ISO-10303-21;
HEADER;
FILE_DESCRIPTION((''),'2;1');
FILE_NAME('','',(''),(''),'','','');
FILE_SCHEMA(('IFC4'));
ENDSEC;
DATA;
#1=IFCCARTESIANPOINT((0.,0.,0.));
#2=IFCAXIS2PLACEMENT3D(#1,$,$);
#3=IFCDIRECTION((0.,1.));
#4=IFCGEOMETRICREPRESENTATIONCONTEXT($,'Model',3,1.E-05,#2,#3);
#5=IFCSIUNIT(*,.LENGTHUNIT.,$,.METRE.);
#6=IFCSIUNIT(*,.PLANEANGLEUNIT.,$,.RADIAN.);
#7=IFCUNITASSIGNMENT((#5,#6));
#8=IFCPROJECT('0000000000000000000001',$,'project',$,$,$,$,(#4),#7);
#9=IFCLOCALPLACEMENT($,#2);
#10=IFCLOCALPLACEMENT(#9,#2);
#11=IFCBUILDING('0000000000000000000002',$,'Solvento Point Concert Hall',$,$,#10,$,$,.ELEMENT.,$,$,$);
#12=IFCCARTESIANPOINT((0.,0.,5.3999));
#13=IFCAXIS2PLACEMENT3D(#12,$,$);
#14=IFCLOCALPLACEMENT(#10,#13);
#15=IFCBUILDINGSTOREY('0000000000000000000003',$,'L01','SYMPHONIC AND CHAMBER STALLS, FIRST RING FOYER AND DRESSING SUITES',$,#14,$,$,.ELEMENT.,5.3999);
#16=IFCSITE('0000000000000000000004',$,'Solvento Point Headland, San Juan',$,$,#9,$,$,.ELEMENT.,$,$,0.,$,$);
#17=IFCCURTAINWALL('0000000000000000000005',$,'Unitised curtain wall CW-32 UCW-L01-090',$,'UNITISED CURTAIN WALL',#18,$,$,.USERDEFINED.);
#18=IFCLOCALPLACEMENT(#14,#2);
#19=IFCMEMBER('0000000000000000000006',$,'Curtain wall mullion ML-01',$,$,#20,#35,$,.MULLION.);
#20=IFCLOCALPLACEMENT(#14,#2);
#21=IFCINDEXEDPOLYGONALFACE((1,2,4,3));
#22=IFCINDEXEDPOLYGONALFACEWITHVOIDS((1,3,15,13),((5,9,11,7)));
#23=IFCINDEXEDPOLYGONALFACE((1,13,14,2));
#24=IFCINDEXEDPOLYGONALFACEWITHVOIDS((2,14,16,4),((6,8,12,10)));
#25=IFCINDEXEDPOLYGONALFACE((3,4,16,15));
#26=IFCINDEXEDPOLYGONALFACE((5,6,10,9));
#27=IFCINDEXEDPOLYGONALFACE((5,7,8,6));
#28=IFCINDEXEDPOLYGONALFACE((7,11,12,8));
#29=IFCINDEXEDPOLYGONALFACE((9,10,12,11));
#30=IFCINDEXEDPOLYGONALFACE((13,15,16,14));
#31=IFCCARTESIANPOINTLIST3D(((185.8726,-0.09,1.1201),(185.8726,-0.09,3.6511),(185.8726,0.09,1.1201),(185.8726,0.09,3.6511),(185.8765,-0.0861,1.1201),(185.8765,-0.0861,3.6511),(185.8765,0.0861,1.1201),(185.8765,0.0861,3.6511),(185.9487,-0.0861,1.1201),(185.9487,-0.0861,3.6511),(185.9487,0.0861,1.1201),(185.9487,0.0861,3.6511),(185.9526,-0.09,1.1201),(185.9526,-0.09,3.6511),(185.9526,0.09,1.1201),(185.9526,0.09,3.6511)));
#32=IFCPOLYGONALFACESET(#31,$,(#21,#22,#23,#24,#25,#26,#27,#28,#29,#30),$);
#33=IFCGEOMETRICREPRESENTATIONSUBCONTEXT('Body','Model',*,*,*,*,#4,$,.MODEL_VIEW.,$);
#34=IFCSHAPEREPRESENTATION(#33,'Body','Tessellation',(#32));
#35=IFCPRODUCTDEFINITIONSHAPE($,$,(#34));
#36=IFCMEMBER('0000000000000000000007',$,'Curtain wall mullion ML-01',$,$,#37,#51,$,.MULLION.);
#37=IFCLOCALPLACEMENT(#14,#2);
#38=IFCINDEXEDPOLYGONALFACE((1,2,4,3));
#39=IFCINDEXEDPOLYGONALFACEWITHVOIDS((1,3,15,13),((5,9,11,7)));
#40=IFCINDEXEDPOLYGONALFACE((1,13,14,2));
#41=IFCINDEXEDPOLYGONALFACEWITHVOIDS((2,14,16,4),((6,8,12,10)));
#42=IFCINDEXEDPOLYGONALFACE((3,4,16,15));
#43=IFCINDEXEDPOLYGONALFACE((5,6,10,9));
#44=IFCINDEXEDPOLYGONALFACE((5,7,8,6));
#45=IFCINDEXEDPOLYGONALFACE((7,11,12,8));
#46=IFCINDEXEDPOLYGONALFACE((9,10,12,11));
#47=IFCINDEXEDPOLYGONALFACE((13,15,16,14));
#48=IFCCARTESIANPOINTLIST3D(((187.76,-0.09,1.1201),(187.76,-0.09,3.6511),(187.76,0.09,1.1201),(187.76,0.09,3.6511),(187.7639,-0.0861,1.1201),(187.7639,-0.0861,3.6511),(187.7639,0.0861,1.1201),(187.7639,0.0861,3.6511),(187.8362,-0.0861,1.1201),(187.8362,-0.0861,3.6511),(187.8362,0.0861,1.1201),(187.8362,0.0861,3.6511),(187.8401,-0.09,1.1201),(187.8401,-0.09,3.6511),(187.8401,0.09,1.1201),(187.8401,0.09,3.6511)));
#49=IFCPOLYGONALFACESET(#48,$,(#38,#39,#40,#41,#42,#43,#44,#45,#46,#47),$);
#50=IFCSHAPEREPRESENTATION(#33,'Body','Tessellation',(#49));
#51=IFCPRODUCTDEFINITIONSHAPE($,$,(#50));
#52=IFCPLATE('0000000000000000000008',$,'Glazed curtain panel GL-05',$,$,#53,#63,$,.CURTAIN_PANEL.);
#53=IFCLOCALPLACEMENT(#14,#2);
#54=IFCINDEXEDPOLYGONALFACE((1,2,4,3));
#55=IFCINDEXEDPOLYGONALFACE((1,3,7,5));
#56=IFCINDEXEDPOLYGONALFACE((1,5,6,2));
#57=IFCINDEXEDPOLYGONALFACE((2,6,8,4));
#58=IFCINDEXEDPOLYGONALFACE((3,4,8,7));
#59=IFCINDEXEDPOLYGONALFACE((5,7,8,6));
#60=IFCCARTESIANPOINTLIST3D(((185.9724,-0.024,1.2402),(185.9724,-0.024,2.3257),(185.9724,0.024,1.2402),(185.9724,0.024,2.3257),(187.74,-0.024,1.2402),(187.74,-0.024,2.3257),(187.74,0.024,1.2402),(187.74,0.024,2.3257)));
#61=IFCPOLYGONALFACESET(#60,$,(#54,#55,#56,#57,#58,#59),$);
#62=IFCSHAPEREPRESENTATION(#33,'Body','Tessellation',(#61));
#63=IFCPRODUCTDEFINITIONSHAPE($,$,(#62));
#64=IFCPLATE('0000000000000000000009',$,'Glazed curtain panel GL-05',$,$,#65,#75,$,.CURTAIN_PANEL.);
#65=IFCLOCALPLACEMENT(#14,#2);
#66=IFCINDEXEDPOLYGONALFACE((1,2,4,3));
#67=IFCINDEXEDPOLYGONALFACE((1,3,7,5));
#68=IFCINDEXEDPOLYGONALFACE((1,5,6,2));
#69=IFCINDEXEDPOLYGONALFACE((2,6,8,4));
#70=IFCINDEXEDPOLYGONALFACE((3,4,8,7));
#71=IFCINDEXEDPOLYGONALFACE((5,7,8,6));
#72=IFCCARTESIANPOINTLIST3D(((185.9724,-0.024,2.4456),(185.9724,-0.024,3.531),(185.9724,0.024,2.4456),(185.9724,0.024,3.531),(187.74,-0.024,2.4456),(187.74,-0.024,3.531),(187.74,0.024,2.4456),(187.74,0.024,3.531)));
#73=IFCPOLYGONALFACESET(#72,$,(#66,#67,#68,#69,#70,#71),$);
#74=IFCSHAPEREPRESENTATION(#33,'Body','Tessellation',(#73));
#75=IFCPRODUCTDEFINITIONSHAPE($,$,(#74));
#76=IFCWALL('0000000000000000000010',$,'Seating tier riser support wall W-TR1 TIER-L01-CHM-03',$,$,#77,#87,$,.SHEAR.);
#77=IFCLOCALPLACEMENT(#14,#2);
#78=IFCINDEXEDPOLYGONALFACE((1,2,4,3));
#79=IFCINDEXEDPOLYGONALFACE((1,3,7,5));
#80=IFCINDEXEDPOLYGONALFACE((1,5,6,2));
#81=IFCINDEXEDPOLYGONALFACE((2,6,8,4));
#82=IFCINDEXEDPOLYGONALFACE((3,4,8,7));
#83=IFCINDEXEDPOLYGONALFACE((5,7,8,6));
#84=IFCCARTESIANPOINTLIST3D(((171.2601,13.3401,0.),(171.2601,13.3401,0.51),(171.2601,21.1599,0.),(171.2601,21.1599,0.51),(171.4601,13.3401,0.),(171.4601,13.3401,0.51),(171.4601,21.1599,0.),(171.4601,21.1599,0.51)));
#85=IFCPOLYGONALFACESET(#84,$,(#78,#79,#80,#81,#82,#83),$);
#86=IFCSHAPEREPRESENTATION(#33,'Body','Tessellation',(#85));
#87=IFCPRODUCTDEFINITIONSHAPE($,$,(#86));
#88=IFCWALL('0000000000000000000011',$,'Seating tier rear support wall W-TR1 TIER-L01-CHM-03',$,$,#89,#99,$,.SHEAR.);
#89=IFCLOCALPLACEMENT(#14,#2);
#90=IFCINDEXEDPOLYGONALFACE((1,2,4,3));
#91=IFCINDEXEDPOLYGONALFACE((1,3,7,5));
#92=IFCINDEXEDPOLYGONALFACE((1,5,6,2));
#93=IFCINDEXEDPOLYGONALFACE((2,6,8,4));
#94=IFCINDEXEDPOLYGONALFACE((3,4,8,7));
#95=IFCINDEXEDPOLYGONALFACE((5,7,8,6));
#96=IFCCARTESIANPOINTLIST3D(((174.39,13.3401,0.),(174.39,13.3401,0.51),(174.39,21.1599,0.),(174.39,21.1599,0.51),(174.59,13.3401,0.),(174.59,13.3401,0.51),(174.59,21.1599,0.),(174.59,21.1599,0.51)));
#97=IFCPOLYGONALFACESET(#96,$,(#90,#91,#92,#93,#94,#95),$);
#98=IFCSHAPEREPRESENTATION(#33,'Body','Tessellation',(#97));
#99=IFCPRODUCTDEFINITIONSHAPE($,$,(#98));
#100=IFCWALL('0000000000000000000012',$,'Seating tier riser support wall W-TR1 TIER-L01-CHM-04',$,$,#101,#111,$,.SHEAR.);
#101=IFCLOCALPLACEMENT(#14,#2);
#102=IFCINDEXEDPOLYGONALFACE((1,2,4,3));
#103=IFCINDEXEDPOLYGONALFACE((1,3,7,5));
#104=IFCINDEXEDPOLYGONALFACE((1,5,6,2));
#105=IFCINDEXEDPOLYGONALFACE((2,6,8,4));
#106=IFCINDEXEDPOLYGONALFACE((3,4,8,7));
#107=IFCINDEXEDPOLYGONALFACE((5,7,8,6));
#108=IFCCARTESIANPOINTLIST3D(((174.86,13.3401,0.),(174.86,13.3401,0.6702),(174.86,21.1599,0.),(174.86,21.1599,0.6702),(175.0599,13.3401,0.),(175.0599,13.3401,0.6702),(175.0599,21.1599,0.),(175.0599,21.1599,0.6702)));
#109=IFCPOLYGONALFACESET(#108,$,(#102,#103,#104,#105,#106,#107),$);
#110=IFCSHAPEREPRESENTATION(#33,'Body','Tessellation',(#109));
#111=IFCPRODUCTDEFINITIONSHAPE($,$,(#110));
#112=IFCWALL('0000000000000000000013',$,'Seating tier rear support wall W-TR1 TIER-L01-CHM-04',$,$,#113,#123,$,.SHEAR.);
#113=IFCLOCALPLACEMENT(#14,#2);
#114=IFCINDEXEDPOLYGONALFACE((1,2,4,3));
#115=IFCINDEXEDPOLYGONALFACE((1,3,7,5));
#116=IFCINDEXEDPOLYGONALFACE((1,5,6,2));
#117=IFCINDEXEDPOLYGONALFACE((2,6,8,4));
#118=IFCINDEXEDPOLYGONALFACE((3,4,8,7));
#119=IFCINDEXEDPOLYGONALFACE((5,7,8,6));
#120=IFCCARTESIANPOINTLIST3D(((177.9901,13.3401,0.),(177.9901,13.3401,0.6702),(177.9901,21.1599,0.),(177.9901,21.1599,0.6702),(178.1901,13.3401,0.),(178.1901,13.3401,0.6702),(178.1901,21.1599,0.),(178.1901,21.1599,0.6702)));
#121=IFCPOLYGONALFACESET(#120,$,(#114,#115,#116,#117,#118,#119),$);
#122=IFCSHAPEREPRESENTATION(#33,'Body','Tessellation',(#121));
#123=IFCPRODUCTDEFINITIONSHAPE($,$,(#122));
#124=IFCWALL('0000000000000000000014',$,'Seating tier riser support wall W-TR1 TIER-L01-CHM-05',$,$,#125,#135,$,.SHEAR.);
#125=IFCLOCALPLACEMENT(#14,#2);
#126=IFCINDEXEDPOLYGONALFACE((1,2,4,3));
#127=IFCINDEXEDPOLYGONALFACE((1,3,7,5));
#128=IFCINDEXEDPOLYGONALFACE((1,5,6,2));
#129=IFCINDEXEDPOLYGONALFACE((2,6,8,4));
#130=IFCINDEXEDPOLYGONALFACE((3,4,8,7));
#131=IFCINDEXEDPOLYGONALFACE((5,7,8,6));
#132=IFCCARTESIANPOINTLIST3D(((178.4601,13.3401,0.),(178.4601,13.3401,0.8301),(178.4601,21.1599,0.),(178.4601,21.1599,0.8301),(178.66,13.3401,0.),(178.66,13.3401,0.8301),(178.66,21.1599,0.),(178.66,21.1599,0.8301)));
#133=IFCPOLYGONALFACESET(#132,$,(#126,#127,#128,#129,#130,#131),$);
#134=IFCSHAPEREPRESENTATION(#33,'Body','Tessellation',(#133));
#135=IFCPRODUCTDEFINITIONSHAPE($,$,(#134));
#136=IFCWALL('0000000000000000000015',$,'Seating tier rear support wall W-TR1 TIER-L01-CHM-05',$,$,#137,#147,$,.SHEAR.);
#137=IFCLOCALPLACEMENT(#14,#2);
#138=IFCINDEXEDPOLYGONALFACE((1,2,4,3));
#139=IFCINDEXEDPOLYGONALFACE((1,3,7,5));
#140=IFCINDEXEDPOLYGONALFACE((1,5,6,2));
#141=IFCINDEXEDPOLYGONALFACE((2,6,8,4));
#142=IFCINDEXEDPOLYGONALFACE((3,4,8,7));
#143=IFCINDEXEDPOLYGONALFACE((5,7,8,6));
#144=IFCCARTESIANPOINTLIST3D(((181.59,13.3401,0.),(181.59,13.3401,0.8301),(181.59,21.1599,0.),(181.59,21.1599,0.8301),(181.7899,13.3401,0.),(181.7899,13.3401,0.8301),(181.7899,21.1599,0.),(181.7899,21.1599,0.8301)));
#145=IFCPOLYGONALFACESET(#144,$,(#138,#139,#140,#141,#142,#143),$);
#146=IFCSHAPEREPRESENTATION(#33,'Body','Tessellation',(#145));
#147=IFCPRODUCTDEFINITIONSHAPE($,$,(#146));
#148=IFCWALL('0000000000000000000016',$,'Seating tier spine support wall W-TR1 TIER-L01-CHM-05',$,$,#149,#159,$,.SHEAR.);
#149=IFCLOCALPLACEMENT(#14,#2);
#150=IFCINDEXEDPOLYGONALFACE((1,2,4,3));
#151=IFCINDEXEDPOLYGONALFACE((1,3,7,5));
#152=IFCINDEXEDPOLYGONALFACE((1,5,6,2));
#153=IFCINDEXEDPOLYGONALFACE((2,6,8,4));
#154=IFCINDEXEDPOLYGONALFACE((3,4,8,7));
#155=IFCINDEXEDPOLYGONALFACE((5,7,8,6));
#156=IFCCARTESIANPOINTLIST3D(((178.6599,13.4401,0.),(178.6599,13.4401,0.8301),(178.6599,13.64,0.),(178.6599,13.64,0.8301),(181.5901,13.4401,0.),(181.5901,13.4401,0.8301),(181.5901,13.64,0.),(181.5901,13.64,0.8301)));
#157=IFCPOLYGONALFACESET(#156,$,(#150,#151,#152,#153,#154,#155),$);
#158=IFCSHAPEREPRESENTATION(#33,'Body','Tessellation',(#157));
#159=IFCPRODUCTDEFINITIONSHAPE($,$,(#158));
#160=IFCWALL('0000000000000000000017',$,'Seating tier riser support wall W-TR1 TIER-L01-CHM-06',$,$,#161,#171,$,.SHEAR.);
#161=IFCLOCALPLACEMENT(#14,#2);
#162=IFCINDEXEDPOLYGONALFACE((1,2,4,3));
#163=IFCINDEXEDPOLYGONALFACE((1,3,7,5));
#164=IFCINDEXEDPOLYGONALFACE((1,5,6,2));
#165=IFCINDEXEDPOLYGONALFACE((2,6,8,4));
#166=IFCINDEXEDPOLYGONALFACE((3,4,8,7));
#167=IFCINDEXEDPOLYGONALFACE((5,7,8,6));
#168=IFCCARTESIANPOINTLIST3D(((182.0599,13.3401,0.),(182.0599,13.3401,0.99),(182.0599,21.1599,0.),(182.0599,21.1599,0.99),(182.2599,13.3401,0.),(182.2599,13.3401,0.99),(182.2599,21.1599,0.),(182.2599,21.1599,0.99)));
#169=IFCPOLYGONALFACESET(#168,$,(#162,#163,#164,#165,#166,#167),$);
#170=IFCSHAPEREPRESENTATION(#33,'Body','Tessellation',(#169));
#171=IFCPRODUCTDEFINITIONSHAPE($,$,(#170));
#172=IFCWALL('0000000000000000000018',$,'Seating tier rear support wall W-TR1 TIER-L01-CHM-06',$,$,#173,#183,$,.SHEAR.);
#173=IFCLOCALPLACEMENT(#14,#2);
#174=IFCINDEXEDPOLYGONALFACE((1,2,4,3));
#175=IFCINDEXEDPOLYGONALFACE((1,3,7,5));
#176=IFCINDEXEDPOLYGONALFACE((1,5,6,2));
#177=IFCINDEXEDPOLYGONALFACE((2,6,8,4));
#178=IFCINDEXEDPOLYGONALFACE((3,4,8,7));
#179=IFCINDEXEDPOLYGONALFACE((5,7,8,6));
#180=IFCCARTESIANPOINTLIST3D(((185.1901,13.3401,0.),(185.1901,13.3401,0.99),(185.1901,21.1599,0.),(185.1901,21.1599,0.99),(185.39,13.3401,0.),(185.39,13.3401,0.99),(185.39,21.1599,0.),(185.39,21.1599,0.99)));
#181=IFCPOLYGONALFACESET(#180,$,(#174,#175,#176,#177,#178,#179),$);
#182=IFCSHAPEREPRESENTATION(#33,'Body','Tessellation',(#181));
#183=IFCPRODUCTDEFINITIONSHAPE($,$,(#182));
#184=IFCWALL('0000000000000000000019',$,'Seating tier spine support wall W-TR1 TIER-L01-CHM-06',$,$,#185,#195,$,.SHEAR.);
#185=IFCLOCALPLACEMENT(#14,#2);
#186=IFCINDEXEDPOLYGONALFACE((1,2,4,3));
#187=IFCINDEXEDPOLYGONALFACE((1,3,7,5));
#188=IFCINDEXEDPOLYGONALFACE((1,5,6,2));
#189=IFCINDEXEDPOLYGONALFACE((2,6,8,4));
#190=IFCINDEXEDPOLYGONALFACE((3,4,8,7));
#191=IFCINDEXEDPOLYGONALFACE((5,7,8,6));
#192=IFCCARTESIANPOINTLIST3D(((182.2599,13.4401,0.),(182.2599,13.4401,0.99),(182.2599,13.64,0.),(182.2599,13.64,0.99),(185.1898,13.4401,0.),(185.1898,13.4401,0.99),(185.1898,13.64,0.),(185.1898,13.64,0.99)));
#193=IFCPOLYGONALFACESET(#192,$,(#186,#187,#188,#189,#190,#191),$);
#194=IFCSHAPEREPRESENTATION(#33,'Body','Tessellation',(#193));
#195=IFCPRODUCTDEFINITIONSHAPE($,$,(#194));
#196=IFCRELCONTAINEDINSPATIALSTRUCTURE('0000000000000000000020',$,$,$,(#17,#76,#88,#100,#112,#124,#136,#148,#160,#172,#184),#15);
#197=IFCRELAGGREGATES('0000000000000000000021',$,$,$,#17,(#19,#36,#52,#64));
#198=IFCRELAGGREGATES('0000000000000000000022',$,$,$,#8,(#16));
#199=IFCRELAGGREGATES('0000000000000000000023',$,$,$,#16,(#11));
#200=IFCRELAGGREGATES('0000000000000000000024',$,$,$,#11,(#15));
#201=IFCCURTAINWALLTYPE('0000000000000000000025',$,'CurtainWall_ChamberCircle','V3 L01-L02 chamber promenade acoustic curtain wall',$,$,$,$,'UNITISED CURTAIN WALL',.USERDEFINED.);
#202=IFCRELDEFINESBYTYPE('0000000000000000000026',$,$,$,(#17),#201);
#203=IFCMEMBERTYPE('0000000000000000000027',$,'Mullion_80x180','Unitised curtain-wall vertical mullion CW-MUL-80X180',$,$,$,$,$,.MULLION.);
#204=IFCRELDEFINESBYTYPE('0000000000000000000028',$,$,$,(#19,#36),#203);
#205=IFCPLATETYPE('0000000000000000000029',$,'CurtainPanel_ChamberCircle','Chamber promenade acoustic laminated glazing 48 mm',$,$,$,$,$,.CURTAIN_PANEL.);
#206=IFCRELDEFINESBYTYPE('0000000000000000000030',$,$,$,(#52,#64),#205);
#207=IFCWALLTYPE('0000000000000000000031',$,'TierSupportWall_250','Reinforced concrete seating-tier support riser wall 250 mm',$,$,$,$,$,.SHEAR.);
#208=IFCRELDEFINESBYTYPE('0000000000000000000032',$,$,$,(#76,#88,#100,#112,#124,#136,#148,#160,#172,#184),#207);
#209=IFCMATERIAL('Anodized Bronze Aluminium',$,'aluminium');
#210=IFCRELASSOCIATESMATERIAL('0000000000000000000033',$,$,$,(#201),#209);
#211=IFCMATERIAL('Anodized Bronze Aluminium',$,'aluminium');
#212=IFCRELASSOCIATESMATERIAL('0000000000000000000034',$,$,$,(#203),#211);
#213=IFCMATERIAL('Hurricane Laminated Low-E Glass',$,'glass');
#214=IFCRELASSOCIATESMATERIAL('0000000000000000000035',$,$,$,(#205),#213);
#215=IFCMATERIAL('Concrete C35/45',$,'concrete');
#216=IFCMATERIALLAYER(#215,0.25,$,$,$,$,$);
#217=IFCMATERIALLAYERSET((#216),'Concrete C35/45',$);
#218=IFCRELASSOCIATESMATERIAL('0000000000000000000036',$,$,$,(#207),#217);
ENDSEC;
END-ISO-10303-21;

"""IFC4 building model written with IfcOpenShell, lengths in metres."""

from ifc_helpers import new_model, si_unit, direction, frame, frame_2d, origin, origin_2d, place, context, subcontext, project, spatial, rectangle, hollow_rectangle, extrude, material, layer, layer_set, material_profile, profile_set, type_object, element, aggregate, save


model = new_model("IFC4")

# Units and contexts
model_context = context("Model", 3, precision=1e-05, world=origin(), true_north=direction((0.0, 1.0)))
body_context = subcontext(model_context, "Body", "Model", "MODEL_VIEW")
ifc_project = project(units=[si_unit("LENGTHUNIT", "METRE"), si_unit("PLANEANGLEUNIT", "RADIAN")], contexts=[model_context])

# Site, building, storey
site_placement = place(None, origin())
site = spatial("IfcSite", under=ifc_project, at=site_placement, Name="Solvento Point Headland, San Juan", CompositionType="ELEMENT", RefElevation=0.0)
building_placement = place(site_placement, origin())
building = spatial("IfcBuilding", under=site, at=building_placement, Name="Solvento Point Concert Hall", CompositionType="ELEMENT")
storey_placement = place(building_placement, frame((0.0, 0.0, 5.3999)))
storey = spatial("IfcBuildingStorey", under=building, at=storey_placement, Name="L01", Description="SYMPHONIC AND CHAMBER STALLS, FIRST RING FOYER AND DRESSING SUITES", CompositionType="ELEMENT", Elevation=5.3999)

# Curtain wall, members, plates
ifc_material_1 = material(Name="Anodized Bronze Aluminium", Category="aluminium")
curtain_wall_type = type_object("IfcCurtainWallType", Name="CurtainWall_ChamberCircle", Description="V3 L01-L02 chamber promenade acoustic curtain wall", ElementType="UNITISED CURTAIN WALL", PredefinedType="USERDEFINED", material=ifc_material_1)
curtain_wall_placement = place(storey_placement, origin())
curtain_wall = element("IfcCurtainWall", 1, at=curtain_wall_placement, inside=storey, type_object=curtain_wall_type, Name="Unitised curtain wall CW-32 UCW-L01-090", ObjectType="UNITISED CURTAIN WALL", PredefinedType="USERDEFINED")
ifc_material_2 = material(Name="Anodized Bronze Aluminium", Category="aluminium")
ifc_material_profile_1 = material_profile(ifc_material_2, hollow_rectangle(XDim=0.0801, YDim=0.1799, WallThickness=0.0039, at=origin_2d()), Name="CW-MUL-80X180")
ifc_profile_set_1 = profile_set([ifc_material_profile_1], Name="Anodized Bronze Aluminium")
member_type = type_object("IfcMemberType", Name="Mullion_80x180", Description="Unitised curtain-wall vertical mullion CW-MUL-80X180", PredefinedType="MULLION", material=ifc_profile_set_1)
member_1_placement = place(storey_placement, frame((185.9126, 0.0, 1.1201), z_axis=(0.0, 0.0, 1.0), x_axis=(1.0, 0.0, 0.0)))
member_1 = element("IfcMember", 2, at=member_1_placement, type_object=member_type, Name="Curtain wall mullion ML-01", PredefinedType="MULLION", context=body_context, shape_type="SweptSolid", body=[
    extrude(hollow_rectangle(XDim=0.0801, YDim=0.1799, WallThickness=0.0039, at=origin_2d()), origin(), (0.0, 0.0, 1.0), 2.531),
])
member_2_placement = place(storey_placement, frame((187.8, 0.0, 1.1201), z_axis=(0.0, 0.0, 1.0), x_axis=(1.0, 0.0, 0.0)))
member_2 = element("IfcMember", 3, at=member_2_placement, type_object=member_type, Name="Curtain wall mullion ML-01", PredefinedType="MULLION", context=body_context, shape_type="SweptSolid", body=[
    extrude(hollow_rectangle(XDim=0.0801, YDim=0.1799, WallThickness=0.0039, at=origin_2d()), origin(), (0.0, 0.0, 1.0), 2.531),
])
ifc_material_3 = material(Name="Hurricane Laminated Low-E Glass", Category="glass")
plate_type = type_object("IfcPlateType", Name="CurtainPanel_ChamberCircle", Description="Chamber promenade acoustic laminated glazing 48 mm", PredefinedType="CURTAIN_PANEL", material=ifc_material_3)
plate_1_placement = place(storey_placement, frame((186.8562, 0.0, 1.2402), z_axis=(0.0, 0.0, 1.0), x_axis=(1.0, 0.0, 0.0)))
plate_1 = element("IfcPlate", 4, at=plate_1_placement, type_object=plate_type, Name="Glazed curtain panel GL-05", PredefinedType="CURTAIN_PANEL", context=body_context, shape_type="SweptSolid", body=[
    extrude(rectangle(XDim=1.7676, YDim=0.0481, at=origin_2d()), origin(), (0.0, 0.0, 1.0), 1.0854),
])
plate_2_placement = place(storey_placement, frame((186.8562, 0.0, 2.4456), z_axis=(0.0, 0.0, 1.0), x_axis=(1.0, 0.0, 0.0)))
plate_2 = element("IfcPlate", 5, at=plate_2_placement, type_object=plate_type, Name="Glazed curtain panel GL-05", PredefinedType="CURTAIN_PANEL", context=body_context, shape_type="SweptSolid", body=[
    extrude(rectangle(XDim=1.7676, YDim=0.0481, at=origin_2d()), origin(), (0.0, 0.0, 1.0), 1.0854),
])
aggregate(curtain_wall, [member_1, member_2, plate_1, plate_2])

# Walls
ifc_material_4 = material(Name="Concrete C35/45", Category="concrete")
ifc_layer = layer(ifc_material_4, 0.25)
ifc_layer_set = layer_set([ifc_layer], Name="Concrete C35/45")
wall_type = type_object("IfcWallType", Name="TierSupportWall_250", Description="Reinforced concrete seating-tier support riser wall 250 mm", PredefinedType="SHEAR", material=ifc_layer_set)
for number, where, z_axis, x_axis, name in (
    (6, (171.3601, 13.3401, 0.0), (0.0, 0.0, 1.0), (0.0, 1.0, 0.0), "Seating tier riser support wall W-TR1 TIER-L01-CHM-03"),
    (7, (174.49, 13.3401, 0.0), (0.0, 0.0, 1.0), (0.0, 1.0, 0.0), "Seating tier rear support wall W-TR1 TIER-L01-CHM-03"),
):
    element("IfcWall", number, at=place(storey_placement, frame(where, z_axis=z_axis, x_axis=x_axis)), inside=storey, type_object=wall_type, Name=name, PredefinedType="SHEAR", context=body_context, shape_type="SweptSolid", body=[
        extrude(rectangle(XDim=7.8198, YDim=0.2, at=frame_2d((3.9099, 0.0))), origin(), (0.0, 0.0, 1.0), 0.51),
    ])
for number, where, z_axis, x_axis, name in (
    (8, (174.96, 13.3401, 0.0), (0.0, 0.0, 1.0), (0.0, 1.0, 0.0), "Seating tier riser support wall W-TR1 TIER-L01-CHM-04"),
    (9, (178.0901, 13.3401, 0.0), (0.0, 0.0, 1.0), (0.0, 1.0, 0.0), "Seating tier rear support wall W-TR1 TIER-L01-CHM-04"),
):
    element("IfcWall", number, at=place(storey_placement, frame(where, z_axis=z_axis, x_axis=x_axis)), inside=storey, type_object=wall_type, Name=name, PredefinedType="SHEAR", context=body_context, shape_type="SweptSolid", body=[
        extrude(rectangle(XDim=7.8198, YDim=0.2, at=frame_2d((3.9099, 0.0))), origin(), (0.0, 0.0, 1.0), 0.6702),
    ])
for number, where, z_axis, x_axis, name in (
    (10, (178.5601, 13.3401, 0.0), (0.0, 0.0, 1.0), (0.0, 1.0, 0.0), "Seating tier riser support wall W-TR1 TIER-L01-CHM-05"),
    (11, (181.6899, 13.3401, 0.0), (0.0, 0.0, 1.0), (0.0, 1.0, 0.0), "Seating tier rear support wall W-TR1 TIER-L01-CHM-05"),
):
    element("IfcWall", number, at=place(storey_placement, frame(where, z_axis=z_axis, x_axis=x_axis)), inside=storey, type_object=wall_type, Name=name, PredefinedType="SHEAR", context=body_context, shape_type="SweptSolid", body=[
        extrude(rectangle(XDim=7.8198, YDim=0.2, at=frame_2d((3.9099, 0.0))), origin(), (0.0, 0.0, 1.0), 0.8301),
    ])
wall_1_placement = place(storey_placement, frame((178.6599, 13.54, 0.0), z_axis=(0.0, 0.0, 1.0), x_axis=(1.0, 0.0, 0.0)))
element("IfcWall", 12, at=wall_1_placement, inside=storey, type_object=wall_type, Name="Seating tier spine support wall W-TR1 TIER-L01-CHM-05", PredefinedType="SHEAR", context=body_context, shape_type="SweptSolid", body=[
    extrude(rectangle(XDim=2.9302, YDim=0.2, at=frame_2d((1.4651, 0.0))), origin(), (0.0, 0.0, 1.0), 0.8301),
])
for number, where, z_axis, x_axis, name in (
    (13, (182.1599, 13.3401, 0.0), (0.0, 0.0, 1.0), (0.0, 1.0, 0.0), "Seating tier riser support wall W-TR1 TIER-L01-CHM-06"),
    (14, (185.29, 13.3401, 0.0), (0.0, 0.0, 1.0), (0.0, 1.0, 0.0), "Seating tier rear support wall W-TR1 TIER-L01-CHM-06"),
):
    element("IfcWall", number, at=place(storey_placement, frame(where, z_axis=z_axis, x_axis=x_axis)), inside=storey, type_object=wall_type, Name=name, PredefinedType="SHEAR", context=body_context, shape_type="SweptSolid", body=[
        extrude(rectangle(XDim=7.8198, YDim=0.2, at=frame_2d((3.9099, 0.0))), origin(), (0.0, 0.0, 1.0), 0.99),
    ])
wall_2_placement = place(storey_placement, frame((182.26, 13.54, 0.0), z_axis=(0.0, 0.0, 1.0), x_axis=(1.0, 0.0, 0.0)))
element("IfcWall", 15, at=wall_2_placement, inside=storey, type_object=wall_type, Name="Seating tier spine support wall W-TR1 TIER-L01-CHM-06", PredefinedType="SHEAR", context=body_context, shape_type="SweptSolid", body=[
    extrude(rectangle(XDim=2.9299, YDim=0.2, at=frame_2d((1.4648, 0.0))), origin(), (0.0, 0.0, 1.0), 0.99),
])

save(model, "model.ifc")
